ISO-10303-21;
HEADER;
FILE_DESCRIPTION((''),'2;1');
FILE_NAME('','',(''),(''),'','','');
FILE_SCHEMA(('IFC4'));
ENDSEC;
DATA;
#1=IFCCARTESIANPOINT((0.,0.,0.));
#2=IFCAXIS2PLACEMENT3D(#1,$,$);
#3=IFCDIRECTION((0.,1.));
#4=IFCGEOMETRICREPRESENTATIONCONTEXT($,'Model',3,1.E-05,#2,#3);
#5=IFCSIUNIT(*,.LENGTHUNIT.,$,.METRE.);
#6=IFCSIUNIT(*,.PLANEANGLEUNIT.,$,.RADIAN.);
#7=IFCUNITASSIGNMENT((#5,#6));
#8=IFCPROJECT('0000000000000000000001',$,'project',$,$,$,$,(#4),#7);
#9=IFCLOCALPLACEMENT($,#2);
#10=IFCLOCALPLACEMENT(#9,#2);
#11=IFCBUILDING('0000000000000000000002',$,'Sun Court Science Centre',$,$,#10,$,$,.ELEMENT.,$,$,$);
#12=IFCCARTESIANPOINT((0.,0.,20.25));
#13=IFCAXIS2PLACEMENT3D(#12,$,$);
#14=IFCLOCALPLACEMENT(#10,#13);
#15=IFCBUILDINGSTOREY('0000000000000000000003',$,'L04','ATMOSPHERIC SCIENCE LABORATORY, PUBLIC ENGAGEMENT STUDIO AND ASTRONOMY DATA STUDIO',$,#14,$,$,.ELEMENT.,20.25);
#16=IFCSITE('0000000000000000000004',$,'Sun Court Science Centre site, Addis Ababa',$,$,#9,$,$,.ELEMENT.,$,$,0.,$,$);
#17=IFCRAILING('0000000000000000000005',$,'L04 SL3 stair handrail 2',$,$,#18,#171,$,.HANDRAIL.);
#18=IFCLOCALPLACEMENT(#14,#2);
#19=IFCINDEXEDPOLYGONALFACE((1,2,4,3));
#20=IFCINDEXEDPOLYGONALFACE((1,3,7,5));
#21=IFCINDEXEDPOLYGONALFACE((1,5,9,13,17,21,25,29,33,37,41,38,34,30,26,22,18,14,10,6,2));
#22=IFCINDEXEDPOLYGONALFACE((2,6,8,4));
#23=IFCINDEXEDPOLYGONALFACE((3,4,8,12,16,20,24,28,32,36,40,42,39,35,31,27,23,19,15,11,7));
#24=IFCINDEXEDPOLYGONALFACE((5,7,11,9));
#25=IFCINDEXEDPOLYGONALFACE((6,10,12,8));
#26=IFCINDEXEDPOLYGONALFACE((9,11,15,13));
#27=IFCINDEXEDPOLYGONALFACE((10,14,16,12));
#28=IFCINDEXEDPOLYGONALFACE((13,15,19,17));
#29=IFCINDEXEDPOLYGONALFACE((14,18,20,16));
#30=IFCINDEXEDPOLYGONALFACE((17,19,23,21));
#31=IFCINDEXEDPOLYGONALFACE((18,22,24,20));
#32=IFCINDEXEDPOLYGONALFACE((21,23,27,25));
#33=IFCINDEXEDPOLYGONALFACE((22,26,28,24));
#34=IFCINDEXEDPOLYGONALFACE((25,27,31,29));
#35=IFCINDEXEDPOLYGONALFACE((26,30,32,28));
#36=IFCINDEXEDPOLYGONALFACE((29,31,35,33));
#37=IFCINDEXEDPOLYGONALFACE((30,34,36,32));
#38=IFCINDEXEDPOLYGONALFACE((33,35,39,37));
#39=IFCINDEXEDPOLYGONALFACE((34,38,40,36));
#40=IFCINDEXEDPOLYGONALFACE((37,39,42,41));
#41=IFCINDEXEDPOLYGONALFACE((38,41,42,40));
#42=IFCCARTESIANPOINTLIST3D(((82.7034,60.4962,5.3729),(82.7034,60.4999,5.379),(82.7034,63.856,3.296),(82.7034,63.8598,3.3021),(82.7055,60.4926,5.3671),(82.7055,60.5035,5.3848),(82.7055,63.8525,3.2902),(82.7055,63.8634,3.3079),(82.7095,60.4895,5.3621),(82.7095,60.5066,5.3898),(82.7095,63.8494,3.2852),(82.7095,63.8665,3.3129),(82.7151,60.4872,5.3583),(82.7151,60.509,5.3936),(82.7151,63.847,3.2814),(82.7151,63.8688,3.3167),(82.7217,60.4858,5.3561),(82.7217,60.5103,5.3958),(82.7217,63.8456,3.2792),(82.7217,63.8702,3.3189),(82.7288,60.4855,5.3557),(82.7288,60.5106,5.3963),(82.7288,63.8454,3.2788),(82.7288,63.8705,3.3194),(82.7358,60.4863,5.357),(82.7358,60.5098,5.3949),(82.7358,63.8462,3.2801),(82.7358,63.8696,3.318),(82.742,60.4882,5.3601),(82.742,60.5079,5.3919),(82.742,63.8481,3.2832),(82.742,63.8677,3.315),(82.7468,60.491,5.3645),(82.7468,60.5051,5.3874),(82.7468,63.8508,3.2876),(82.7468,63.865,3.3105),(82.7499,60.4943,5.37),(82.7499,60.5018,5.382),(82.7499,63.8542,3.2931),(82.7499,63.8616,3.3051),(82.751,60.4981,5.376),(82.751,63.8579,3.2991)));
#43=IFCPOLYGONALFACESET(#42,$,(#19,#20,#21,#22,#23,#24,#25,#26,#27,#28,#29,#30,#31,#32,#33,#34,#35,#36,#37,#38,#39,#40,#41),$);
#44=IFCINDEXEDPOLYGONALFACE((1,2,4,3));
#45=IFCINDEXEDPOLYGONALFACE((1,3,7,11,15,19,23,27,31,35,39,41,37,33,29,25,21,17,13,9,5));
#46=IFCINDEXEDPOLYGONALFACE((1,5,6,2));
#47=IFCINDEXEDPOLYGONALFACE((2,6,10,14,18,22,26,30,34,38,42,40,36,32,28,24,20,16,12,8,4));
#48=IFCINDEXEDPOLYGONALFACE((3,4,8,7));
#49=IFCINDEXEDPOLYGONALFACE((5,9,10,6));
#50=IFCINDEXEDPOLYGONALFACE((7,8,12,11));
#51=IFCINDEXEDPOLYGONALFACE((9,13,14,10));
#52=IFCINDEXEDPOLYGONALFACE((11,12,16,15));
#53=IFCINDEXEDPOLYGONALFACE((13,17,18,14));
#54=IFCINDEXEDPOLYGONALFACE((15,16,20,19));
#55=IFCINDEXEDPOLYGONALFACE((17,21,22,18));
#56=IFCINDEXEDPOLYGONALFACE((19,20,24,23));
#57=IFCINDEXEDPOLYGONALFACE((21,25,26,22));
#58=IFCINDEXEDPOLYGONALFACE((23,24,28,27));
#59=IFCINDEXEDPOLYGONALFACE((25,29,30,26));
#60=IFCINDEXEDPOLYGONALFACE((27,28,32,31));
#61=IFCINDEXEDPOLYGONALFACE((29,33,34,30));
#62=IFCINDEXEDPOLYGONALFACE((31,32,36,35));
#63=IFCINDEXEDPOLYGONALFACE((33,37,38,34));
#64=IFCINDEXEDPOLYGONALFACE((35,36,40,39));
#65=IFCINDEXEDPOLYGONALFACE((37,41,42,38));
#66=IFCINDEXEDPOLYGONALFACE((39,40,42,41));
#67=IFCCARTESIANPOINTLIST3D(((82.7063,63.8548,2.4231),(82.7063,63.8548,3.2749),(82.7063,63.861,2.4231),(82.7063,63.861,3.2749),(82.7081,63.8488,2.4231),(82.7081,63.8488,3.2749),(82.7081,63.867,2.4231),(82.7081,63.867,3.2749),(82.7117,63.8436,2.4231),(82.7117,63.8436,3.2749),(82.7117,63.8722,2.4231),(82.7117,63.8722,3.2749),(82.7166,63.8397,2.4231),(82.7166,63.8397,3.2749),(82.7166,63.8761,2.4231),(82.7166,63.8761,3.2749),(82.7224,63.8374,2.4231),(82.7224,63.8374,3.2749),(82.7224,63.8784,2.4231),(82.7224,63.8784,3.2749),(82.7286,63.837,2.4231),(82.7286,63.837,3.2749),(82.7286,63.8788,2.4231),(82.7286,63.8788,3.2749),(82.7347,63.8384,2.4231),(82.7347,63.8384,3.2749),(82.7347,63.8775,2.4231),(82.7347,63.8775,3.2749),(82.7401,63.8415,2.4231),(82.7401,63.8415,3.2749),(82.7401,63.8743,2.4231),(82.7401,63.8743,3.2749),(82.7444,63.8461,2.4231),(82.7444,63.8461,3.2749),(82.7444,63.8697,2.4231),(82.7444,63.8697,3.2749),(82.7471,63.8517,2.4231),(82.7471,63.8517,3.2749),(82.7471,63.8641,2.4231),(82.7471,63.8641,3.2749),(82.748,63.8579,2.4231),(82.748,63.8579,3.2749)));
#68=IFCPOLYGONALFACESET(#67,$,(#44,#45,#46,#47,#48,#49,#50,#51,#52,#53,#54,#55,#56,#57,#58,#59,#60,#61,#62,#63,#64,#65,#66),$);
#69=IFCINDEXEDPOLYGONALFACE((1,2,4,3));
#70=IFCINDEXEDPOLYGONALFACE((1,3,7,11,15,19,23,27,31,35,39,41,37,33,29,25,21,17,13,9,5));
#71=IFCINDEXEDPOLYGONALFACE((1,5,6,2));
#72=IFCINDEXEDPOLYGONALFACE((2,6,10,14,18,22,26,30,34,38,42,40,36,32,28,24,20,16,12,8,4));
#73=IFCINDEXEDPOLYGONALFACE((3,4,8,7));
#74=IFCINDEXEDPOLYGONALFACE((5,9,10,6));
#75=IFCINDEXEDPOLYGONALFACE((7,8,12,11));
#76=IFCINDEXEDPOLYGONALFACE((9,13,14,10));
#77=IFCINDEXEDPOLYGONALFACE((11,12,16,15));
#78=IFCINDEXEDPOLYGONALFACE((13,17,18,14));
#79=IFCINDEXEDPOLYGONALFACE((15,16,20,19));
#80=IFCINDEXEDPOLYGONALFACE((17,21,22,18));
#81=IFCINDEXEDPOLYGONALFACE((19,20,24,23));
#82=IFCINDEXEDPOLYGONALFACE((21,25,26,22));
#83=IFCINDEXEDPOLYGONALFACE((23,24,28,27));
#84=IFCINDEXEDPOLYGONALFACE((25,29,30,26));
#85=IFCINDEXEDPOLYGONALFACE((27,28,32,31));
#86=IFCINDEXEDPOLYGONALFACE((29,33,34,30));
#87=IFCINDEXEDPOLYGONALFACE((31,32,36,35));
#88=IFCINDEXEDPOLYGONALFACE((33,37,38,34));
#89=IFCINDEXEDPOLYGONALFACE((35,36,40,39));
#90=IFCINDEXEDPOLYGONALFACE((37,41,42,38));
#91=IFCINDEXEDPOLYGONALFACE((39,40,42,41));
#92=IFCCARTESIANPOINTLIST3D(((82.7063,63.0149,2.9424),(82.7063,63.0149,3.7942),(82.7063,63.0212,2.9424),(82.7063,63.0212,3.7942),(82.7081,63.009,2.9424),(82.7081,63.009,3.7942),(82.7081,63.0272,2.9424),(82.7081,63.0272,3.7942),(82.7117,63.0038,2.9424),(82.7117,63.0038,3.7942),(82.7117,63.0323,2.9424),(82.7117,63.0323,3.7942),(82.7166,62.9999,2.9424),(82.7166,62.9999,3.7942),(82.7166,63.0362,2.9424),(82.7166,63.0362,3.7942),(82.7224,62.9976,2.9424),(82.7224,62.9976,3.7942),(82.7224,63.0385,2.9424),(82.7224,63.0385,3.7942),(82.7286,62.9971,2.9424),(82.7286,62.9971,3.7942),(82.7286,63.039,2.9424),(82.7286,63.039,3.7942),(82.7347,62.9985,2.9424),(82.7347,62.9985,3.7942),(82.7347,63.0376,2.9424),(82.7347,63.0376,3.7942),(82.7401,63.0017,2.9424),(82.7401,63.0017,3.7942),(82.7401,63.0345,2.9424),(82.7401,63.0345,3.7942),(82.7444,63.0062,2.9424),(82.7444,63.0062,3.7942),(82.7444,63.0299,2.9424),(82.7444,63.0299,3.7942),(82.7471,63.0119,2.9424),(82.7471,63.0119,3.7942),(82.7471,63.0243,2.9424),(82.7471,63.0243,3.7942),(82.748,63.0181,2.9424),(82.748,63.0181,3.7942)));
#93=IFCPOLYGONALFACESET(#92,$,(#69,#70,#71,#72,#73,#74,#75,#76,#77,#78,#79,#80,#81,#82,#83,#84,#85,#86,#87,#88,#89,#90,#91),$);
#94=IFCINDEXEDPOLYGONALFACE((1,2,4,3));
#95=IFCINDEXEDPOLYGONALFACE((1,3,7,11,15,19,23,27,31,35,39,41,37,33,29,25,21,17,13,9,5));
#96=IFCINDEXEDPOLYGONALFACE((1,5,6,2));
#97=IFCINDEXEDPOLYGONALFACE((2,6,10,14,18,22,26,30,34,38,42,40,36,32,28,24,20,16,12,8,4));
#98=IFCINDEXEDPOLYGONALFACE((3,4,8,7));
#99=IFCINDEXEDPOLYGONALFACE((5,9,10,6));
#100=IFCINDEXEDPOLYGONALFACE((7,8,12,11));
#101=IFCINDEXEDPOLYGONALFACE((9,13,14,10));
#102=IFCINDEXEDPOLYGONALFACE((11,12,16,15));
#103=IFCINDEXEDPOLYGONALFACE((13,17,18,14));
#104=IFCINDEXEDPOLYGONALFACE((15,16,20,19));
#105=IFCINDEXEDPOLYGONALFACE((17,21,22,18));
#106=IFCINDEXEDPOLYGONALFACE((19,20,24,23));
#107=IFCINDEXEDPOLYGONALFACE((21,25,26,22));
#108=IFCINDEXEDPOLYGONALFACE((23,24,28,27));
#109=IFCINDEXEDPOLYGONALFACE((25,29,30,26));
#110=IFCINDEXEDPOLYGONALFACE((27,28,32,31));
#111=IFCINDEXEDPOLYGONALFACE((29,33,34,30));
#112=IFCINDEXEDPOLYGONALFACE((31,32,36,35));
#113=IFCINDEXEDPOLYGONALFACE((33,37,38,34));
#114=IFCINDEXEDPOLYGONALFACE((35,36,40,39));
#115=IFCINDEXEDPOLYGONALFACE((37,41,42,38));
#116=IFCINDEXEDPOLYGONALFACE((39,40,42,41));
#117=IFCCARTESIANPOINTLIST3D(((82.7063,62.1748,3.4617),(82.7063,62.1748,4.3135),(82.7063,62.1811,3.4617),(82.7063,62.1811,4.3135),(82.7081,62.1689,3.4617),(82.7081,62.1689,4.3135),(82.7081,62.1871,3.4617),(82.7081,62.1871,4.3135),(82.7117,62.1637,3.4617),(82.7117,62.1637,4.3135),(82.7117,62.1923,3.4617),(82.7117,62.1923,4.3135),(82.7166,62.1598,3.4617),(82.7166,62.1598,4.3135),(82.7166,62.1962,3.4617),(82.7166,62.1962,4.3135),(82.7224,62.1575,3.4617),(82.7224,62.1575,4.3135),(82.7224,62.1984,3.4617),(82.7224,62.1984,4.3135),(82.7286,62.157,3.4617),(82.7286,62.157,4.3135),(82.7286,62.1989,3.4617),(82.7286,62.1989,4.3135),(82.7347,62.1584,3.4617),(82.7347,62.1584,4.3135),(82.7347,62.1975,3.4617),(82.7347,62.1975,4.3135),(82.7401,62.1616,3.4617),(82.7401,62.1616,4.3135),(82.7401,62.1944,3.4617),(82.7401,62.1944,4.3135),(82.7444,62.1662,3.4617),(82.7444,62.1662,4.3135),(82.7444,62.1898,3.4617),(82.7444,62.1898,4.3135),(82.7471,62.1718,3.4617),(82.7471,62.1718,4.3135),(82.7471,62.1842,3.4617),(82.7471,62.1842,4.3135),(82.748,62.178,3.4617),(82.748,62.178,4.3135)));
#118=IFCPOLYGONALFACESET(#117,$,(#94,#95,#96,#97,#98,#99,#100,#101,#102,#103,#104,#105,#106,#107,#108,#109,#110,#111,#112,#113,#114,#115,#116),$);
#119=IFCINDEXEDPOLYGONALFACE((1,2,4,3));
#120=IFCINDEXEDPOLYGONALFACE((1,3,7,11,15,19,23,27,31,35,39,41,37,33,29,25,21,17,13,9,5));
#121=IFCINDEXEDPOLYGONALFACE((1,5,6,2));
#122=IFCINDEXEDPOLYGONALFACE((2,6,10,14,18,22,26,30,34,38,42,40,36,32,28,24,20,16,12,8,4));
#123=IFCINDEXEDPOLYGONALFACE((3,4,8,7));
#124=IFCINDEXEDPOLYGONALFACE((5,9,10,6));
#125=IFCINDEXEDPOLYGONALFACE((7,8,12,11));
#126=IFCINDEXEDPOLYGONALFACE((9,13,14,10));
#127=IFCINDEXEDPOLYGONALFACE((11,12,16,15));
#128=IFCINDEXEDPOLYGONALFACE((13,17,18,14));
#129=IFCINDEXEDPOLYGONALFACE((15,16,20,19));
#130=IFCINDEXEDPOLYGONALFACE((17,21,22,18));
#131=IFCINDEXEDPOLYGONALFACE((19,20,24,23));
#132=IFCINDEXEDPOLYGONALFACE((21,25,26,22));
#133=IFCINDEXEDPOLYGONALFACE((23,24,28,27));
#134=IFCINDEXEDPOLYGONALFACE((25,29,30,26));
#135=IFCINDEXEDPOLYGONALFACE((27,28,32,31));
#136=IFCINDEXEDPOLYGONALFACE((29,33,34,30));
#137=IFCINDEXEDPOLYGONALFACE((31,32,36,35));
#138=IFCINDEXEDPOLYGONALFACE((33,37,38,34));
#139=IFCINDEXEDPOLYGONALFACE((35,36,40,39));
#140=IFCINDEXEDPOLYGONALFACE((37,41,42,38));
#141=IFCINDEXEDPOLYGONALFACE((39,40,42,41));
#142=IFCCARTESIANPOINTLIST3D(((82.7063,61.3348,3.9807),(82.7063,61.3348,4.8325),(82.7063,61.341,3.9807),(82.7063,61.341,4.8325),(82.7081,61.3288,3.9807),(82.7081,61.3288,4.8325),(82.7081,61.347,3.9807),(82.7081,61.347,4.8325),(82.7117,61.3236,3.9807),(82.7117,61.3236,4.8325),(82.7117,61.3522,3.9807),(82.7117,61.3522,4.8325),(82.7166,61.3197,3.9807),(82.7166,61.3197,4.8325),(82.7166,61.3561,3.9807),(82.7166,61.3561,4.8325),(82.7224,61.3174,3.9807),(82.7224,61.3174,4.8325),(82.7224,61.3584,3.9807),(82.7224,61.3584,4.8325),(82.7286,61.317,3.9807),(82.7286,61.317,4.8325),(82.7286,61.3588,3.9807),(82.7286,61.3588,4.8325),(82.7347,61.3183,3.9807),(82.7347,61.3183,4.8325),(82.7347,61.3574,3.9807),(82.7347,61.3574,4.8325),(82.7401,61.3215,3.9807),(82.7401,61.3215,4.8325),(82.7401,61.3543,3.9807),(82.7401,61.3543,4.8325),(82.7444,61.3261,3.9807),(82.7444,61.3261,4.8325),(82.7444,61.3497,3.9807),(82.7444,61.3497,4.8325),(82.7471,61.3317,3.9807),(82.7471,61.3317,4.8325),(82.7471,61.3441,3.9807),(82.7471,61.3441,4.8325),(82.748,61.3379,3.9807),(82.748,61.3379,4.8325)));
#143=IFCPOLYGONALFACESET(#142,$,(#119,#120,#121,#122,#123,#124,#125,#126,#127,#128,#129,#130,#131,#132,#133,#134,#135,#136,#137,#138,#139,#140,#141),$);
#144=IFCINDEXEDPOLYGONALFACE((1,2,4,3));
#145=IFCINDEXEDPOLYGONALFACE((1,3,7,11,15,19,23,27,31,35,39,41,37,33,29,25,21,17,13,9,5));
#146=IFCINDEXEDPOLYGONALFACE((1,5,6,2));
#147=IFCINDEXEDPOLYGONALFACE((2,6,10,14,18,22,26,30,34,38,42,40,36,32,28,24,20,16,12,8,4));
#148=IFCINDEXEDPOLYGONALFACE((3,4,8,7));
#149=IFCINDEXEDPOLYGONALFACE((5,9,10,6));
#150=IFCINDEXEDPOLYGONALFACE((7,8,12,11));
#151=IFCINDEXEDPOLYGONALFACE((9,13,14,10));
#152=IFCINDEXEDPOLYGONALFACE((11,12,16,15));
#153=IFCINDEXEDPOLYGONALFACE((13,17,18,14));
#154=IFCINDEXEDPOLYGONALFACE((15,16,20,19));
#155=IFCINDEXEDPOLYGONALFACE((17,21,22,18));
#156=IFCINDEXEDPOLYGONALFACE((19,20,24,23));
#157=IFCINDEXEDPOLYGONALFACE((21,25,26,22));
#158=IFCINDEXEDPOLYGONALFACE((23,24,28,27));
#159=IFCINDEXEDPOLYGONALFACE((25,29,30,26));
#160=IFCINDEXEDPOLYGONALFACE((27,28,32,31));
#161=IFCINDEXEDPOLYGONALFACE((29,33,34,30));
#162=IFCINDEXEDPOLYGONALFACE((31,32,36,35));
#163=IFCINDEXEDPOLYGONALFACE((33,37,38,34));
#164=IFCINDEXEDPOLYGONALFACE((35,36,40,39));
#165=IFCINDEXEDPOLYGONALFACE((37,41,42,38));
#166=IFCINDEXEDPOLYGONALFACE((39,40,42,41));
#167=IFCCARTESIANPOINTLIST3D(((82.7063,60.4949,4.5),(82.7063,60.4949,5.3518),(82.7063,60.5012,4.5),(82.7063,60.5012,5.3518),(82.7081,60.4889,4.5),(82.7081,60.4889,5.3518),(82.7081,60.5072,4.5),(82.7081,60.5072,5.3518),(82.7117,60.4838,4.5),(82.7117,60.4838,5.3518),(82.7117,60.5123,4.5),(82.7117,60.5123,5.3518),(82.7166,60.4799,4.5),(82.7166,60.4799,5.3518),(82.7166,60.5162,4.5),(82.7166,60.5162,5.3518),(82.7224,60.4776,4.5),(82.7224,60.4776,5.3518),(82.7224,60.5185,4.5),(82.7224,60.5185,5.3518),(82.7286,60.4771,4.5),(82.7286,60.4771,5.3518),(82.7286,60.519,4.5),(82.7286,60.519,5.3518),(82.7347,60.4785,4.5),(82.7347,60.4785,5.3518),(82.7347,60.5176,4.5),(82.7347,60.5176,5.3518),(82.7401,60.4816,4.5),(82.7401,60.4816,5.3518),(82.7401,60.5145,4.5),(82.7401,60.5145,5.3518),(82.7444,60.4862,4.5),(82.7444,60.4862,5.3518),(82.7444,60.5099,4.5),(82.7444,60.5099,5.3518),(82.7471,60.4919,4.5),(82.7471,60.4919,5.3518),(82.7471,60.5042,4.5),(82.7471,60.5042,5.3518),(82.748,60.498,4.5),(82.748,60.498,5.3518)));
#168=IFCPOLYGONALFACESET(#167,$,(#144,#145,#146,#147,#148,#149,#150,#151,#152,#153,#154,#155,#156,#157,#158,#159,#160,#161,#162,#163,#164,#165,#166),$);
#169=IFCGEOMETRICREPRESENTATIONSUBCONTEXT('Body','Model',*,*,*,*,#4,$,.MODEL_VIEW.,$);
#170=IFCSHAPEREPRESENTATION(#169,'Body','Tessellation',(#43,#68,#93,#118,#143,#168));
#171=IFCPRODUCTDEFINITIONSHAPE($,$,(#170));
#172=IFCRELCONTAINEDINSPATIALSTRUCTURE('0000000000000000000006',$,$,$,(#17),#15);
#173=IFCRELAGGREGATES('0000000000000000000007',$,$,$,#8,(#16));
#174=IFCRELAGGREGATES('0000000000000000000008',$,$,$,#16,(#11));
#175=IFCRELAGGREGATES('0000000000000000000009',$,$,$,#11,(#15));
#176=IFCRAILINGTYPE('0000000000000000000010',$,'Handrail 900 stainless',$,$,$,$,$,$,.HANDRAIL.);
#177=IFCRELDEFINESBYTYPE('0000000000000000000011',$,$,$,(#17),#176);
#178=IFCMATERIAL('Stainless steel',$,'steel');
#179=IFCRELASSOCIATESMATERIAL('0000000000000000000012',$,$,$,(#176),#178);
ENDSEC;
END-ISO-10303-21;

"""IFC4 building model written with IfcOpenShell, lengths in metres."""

from ifc_helpers import new_model, si_unit, direction, frame, origin, origin_2d, place, context, subcontext, project, spatial, circle, extrude, material, type_object, element, save


model = new_model("IFC4")

# Units and contexts
model_context = context("Model", 3, precision=1e-05, world=origin(), true_north=direction((0.0, 1.0)))
body_context = subcontext(model_context, "Body", "Model", "MODEL_VIEW")
ifc_project = project(units=[si_unit("LENGTHUNIT", "METRE"), si_unit("PLANEANGLEUNIT", "RADIAN")], contexts=[model_context])

# Site, building, storey
site_placement = place(None, origin())
site = spatial("IfcSite", under=ifc_project, at=site_placement, Name="Sun Court Science Centre site, Addis Ababa", CompositionType="ELEMENT", RefElevation=0.0)
building_placement = place(site_placement, origin())
building = spatial("IfcBuilding", under=site, at=building_placement, Name="Sun Court Science Centre", CompositionType="ELEMENT")
storey_placement = place(building_placement, frame((0.0, 0.0, 20.25)))
storey = spatial("IfcBuildingStorey", under=building, at=storey_placement, Name="L04", Description="ATMOSPHERIC SCIENCE LABORATORY, PUBLIC ENGAGEMENT STUDIO AND ASTRONOMY DATA STUDIO", CompositionType="ELEMENT", Elevation=20.25)

# Railing
ifc_material_1 = material(Name="Stainless steel", Category="steel")
railing_type_1 = type_object("IfcRailingType", Name="Handrail 900 stainless", PredefinedType="HANDRAIL", material=ifc_material_1)
railing_1_placement = place(storey_placement, frame((82.7271, 63.8579, 2.4231)))
element("IfcRailing", 1, at=railing_1_placement, inside=storey, type_object=railing_type_1, Name="L04 SL3 stair handrail 2", PredefinedType="HANDRAIL", context=body_context, shape_type="SweptSolid", body=[
    extrude(circle(Radius=0.0239, at=origin_2d()), frame((0.0, 0.0, 0.876), z_axis=(0.0, -0.850606, 0.525803), x_axis=(1.0, 0.0, 0.0)), (0.0, 0.0, 1.0), 3.95),
    extrude(circle(Radius=0.021, at=origin_2d()), origin(), (0.0, 0.0, 1.0), 0.8518),
    extrude(circle(Radius=0.021, at=origin_2d()), frame((0.0, -0.8398, 0.5193)), (0.0, 0.0, 1.0), 0.8518),
    extrude(circle(Radius=0.021, at=origin_2d()), frame((0.0, -1.6799, 1.0386)), (0.0, 0.0, 1.0), 0.8518),
    extrude(circle(Radius=0.021, at=origin_2d()), frame((0.0, -2.52, 1.5576)), (0.0, 0.0, 1.0), 0.8518),
    extrude(circle(Radius=0.021, at=origin_2d()), frame((0.0, -3.3599, 2.0769)), (0.0, 0.0, 1.0), 0.8518),
])

save(model, "model.ifc")
